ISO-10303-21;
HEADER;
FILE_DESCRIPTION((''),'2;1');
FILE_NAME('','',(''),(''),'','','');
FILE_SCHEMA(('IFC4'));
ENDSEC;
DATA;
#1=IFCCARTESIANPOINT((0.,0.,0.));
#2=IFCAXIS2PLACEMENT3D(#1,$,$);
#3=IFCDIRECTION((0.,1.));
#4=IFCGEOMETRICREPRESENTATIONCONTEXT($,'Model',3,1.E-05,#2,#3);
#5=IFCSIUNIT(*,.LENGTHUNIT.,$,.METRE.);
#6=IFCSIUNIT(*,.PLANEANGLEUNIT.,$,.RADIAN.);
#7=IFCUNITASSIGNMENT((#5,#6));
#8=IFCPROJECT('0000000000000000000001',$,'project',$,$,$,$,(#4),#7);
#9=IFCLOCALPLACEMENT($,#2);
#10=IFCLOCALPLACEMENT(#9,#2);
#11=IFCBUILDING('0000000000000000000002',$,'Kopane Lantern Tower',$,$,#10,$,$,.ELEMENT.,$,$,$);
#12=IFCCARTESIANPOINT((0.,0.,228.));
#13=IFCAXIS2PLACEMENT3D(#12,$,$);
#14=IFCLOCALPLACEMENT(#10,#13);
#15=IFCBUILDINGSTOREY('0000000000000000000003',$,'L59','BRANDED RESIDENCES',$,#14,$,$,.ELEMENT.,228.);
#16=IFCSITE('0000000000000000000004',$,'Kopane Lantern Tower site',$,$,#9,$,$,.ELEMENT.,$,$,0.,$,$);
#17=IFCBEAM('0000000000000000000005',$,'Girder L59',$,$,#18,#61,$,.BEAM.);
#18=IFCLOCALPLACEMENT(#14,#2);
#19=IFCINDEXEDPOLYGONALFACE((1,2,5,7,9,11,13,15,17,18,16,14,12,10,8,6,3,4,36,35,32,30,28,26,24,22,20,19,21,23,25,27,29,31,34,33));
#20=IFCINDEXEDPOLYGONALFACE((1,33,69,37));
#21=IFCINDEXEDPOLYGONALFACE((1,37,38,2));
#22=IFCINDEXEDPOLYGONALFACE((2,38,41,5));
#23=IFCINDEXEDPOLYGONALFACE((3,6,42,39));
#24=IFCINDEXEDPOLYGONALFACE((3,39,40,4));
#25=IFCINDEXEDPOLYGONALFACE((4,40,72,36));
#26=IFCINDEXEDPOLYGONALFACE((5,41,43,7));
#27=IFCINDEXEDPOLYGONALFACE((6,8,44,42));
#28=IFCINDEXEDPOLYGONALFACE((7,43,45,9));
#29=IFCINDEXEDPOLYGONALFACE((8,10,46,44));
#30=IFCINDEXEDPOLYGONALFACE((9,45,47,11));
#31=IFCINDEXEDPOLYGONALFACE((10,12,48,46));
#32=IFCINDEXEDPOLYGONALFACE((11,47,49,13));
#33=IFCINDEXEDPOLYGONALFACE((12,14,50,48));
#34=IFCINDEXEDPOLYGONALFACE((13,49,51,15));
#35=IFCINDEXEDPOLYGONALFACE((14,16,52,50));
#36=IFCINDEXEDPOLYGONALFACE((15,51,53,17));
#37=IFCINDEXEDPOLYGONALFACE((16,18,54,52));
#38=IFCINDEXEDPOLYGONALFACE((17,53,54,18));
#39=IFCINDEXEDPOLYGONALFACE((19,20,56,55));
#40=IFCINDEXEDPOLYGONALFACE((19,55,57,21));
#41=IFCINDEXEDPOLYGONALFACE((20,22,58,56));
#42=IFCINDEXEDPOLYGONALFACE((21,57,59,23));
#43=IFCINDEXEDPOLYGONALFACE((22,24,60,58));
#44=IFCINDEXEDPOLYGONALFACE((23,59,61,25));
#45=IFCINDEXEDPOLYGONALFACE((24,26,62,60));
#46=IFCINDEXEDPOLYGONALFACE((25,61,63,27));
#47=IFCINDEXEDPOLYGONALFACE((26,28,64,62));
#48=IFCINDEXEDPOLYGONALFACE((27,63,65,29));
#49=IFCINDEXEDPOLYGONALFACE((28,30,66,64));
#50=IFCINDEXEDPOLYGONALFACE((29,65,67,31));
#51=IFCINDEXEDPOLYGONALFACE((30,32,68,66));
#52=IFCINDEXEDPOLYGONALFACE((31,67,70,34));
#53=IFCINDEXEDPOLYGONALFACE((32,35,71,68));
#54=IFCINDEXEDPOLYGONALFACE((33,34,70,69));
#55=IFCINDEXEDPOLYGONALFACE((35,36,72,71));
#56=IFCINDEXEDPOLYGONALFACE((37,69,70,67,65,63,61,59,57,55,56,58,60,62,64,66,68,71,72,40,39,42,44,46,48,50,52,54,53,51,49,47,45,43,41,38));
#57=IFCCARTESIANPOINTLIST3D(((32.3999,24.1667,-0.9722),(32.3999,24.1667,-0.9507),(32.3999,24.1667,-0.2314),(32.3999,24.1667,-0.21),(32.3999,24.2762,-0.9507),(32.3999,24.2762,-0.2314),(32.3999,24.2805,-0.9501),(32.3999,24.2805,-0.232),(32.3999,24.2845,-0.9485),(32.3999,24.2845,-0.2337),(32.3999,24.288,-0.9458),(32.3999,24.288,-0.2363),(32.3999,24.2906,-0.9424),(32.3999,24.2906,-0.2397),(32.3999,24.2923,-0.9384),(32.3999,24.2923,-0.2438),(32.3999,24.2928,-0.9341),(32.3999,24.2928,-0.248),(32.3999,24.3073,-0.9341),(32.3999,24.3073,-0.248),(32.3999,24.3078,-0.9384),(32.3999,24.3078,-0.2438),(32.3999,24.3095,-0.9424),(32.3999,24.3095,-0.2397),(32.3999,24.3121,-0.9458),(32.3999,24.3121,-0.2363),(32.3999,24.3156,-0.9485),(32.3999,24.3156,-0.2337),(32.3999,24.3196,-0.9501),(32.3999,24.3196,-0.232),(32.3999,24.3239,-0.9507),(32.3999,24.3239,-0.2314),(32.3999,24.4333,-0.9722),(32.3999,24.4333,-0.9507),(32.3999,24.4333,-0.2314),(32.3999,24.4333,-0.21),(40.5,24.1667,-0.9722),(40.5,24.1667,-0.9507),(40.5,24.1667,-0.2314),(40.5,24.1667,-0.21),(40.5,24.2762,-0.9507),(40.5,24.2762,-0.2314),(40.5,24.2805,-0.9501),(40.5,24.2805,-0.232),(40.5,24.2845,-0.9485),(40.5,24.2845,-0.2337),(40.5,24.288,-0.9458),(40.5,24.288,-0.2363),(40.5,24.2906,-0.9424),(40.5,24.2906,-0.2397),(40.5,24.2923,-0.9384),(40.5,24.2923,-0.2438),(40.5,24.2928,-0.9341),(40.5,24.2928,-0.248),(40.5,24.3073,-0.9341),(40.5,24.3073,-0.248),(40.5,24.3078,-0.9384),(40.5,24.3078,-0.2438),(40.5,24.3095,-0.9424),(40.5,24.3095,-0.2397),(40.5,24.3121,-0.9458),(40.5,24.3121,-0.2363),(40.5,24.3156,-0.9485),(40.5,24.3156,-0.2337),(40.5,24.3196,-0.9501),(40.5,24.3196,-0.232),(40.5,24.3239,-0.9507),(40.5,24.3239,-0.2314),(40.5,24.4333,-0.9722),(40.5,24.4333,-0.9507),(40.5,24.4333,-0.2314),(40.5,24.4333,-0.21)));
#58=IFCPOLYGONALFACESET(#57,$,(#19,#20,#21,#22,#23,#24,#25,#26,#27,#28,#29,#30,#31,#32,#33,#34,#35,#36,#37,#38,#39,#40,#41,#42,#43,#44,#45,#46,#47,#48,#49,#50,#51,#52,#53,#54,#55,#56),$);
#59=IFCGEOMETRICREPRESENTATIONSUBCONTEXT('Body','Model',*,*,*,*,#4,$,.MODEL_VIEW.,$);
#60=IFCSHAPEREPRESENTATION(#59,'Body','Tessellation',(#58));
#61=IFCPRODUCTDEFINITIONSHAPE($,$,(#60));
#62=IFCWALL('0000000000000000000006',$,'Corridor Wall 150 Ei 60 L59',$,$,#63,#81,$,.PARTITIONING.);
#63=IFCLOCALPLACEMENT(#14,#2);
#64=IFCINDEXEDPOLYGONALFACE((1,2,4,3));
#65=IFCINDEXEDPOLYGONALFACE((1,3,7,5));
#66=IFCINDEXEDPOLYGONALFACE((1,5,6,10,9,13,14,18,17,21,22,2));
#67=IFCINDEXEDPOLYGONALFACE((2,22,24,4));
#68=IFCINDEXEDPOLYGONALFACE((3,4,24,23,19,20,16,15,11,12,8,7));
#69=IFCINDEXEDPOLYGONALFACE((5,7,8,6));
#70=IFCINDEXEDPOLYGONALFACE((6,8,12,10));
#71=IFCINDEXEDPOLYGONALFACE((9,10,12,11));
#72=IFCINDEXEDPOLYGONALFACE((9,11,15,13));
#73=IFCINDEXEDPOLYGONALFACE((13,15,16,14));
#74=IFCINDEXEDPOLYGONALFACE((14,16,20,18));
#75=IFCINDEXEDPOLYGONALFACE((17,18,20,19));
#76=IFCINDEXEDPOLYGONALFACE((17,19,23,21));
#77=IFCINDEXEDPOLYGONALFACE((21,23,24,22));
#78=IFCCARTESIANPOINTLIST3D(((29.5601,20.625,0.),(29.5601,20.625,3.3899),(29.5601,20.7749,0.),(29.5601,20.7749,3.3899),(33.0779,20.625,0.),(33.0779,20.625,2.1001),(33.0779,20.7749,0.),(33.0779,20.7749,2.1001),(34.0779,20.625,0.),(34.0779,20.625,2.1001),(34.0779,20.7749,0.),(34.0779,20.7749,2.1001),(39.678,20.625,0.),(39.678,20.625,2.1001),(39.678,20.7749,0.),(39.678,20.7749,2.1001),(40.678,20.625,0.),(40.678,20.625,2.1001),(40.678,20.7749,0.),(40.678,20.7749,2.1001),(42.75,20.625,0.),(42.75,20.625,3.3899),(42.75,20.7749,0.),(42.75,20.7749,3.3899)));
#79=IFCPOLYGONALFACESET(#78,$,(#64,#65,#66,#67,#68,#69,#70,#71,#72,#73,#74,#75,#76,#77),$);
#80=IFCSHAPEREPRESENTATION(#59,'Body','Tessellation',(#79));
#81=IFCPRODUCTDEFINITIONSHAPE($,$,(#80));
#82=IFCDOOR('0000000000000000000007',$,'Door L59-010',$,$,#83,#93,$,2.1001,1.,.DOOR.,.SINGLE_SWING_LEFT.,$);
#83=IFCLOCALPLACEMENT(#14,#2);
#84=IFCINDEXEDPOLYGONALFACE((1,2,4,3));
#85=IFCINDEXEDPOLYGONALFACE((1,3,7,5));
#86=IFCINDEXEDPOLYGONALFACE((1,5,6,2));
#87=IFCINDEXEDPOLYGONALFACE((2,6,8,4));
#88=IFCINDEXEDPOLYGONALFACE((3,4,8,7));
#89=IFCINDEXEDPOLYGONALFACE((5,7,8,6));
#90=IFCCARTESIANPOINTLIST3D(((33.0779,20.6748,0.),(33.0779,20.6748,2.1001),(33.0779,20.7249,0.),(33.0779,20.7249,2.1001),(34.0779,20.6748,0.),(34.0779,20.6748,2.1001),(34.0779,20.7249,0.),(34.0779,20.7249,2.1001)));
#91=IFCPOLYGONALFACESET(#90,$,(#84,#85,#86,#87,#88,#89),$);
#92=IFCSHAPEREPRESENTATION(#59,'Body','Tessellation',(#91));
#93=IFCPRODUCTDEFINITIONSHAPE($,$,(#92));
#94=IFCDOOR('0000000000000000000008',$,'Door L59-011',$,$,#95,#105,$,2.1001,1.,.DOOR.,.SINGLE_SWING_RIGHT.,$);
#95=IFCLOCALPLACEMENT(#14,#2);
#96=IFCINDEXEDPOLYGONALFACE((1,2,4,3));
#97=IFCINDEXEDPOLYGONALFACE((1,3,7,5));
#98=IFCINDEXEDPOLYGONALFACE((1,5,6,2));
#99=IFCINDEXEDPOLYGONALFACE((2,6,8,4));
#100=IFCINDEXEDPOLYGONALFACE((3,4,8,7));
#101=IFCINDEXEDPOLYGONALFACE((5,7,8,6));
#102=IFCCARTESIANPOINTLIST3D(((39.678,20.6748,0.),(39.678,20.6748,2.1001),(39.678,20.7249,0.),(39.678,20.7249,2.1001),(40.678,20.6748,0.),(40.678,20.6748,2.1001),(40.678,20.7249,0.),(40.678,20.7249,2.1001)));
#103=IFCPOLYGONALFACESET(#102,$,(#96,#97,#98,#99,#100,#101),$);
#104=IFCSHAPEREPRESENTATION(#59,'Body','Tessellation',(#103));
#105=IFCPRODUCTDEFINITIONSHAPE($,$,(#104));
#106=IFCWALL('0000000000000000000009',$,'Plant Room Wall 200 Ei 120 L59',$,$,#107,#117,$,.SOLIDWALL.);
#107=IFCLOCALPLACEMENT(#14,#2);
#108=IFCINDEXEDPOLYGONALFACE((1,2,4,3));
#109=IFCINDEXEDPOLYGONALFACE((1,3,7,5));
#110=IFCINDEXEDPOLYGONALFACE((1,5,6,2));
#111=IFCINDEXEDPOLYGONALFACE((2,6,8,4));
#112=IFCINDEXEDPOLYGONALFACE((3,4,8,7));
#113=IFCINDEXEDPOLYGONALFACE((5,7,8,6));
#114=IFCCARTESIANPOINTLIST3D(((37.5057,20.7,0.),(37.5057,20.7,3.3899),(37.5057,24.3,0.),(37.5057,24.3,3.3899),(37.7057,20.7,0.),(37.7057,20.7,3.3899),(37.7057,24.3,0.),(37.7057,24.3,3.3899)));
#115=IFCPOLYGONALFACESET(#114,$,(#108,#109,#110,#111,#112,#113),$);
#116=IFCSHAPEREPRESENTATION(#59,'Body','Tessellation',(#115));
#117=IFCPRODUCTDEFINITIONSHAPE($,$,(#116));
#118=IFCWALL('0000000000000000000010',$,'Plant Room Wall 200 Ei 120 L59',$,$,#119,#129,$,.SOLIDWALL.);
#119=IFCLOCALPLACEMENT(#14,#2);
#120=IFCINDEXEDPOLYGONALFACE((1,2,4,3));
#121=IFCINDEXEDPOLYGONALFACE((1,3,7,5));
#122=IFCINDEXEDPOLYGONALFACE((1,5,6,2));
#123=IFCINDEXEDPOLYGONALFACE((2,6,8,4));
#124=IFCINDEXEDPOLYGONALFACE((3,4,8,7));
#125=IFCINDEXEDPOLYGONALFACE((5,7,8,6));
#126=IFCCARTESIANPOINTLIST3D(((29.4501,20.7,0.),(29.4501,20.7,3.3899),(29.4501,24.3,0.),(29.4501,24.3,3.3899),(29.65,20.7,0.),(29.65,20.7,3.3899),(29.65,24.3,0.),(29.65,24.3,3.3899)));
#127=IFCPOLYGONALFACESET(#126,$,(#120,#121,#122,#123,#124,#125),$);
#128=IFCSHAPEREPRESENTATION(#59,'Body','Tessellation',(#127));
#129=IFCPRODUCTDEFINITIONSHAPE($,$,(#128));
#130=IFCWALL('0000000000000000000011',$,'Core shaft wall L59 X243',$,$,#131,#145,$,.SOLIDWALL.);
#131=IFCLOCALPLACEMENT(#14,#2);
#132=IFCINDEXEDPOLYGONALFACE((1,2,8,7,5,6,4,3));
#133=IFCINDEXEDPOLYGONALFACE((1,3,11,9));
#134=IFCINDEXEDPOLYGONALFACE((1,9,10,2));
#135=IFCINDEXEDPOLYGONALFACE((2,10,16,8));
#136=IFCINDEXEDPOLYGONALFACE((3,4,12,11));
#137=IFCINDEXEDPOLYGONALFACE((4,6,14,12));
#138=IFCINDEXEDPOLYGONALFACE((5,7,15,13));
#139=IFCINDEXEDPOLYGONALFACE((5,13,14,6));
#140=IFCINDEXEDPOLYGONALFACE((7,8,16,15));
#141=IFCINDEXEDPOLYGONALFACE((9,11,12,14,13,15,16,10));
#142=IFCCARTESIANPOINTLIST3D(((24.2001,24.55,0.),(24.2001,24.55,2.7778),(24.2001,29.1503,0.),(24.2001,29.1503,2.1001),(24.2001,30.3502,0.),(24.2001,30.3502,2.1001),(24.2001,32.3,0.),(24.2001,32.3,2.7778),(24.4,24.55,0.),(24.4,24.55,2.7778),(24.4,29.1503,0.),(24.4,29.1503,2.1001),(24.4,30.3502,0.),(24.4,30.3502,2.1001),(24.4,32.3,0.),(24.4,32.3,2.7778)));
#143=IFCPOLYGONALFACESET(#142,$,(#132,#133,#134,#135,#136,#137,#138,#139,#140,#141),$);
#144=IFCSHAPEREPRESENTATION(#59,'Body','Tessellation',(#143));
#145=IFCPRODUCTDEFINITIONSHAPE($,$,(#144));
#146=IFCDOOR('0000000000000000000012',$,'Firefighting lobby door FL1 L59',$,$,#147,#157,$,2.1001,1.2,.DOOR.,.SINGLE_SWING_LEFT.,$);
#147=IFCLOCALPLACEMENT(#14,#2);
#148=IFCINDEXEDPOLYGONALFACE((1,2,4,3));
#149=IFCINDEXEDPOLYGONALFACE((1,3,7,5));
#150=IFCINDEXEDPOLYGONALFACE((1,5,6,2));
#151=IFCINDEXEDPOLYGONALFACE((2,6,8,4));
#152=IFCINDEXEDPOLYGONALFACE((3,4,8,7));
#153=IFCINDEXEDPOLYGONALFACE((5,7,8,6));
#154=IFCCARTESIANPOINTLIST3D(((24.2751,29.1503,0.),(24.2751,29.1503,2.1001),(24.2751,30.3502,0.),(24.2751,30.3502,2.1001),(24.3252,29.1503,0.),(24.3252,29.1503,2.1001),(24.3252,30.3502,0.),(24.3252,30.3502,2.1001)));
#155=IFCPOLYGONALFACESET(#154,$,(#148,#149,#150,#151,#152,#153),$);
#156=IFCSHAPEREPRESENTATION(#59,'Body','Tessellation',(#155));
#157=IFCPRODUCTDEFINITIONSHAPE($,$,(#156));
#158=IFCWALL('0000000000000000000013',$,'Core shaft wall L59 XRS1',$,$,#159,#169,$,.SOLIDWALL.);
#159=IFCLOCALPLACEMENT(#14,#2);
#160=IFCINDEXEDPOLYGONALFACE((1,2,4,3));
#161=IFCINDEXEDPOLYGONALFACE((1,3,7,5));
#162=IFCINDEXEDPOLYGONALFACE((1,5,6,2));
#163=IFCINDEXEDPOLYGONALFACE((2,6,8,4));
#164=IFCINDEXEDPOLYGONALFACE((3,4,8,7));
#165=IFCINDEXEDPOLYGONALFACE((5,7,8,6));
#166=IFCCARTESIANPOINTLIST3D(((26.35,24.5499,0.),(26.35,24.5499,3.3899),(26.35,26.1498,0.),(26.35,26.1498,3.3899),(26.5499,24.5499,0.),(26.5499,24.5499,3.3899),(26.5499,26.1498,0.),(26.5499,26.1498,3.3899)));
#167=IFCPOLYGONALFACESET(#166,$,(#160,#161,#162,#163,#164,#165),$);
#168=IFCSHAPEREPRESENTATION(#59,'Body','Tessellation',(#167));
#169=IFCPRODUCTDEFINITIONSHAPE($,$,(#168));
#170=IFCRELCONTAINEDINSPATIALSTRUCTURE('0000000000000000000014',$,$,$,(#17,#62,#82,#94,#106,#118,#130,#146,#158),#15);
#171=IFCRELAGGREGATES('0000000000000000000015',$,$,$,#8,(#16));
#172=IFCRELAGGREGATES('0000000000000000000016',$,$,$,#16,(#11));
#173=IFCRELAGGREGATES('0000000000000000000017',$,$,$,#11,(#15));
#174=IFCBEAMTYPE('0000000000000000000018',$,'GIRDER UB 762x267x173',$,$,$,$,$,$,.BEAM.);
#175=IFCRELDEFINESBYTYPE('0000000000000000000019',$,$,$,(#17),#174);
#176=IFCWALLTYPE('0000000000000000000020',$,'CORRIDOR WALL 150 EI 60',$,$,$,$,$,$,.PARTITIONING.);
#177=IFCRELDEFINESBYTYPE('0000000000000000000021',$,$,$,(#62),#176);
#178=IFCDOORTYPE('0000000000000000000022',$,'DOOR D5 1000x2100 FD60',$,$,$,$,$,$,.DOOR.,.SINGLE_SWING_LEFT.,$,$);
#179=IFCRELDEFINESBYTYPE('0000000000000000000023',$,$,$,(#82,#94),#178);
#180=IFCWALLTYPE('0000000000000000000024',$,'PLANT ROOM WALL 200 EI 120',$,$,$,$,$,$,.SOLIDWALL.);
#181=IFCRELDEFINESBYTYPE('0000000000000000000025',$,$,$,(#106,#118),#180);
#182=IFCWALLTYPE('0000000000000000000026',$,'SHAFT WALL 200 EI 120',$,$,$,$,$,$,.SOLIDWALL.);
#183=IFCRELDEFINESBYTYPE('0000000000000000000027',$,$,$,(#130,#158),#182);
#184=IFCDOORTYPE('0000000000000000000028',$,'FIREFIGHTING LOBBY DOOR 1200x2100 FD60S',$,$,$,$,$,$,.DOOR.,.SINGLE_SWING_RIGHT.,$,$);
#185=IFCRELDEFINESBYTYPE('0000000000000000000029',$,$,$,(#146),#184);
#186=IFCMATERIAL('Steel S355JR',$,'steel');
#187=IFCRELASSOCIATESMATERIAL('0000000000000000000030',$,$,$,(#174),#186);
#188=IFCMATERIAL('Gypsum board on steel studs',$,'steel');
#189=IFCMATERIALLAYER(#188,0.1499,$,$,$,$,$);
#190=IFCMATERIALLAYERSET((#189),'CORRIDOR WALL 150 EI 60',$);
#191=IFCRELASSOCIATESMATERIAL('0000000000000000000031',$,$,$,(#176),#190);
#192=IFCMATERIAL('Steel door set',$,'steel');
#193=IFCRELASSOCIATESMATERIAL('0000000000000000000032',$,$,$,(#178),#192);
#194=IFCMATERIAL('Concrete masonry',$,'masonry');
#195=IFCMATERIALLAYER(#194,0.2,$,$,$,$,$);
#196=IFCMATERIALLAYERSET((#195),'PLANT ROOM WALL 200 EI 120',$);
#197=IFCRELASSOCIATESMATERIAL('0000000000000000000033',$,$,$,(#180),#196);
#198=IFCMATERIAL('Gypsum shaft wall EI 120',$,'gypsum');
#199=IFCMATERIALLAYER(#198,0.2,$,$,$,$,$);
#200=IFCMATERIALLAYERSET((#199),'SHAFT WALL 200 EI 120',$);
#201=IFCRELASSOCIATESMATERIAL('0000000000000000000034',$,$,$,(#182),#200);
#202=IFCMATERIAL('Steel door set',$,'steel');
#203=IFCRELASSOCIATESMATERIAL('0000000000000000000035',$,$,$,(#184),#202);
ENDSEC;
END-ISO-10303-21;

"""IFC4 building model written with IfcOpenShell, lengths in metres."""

from ifc_helpers import new_model, si_unit, direction, frame, frame_2d, origin, origin_2d, place, context, subcontext, project, spatial, rectangle, i_section, extrude, material, layer, layer_set, material_profile, profile_set, type_object, element, fill, save


model = new_model("IFC4")

# Units and contexts
model_context = context("Model", 3, precision=1e-05, world=origin(), true_north=direction((0.0, 1.0)))
body_context = subcontext(model_context, "Body", "Model", "MODEL_VIEW")
ifc_project = project(units=[si_unit("LENGTHUNIT", "METRE"), si_unit("PLANEANGLEUNIT", "RADIAN")], contexts=[model_context])

# Site, building, storey
site_placement = place(None, origin())
site = spatial("IfcSite", under=ifc_project, at=site_placement, Name="Kopane Lantern Tower site", CompositionType="ELEMENT", RefElevation=0.0)
building_placement = place(site_placement, origin())
building = spatial("IfcBuilding", under=site, at=building_placement, Name="Kopane Lantern Tower", CompositionType="ELEMENT")
storey_placement = place(building_placement, frame((0.0, 0.0, 228.0)))
storey = spatial("IfcBuildingStorey", under=building, at=storey_placement, Name="L59", Description="BRANDED RESIDENCES", CompositionType="ELEMENT", Elevation=228.0)

# Beam
ifc_material_1 = material(Name="Steel S355JR", Category="steel")
ifc_material_profile_1 = material_profile(ifc_material_1, i_section(OverallWidth=0.2666, OverallDepth=0.7622, WebThickness=0.0144, FlangeThickness=0.0215, FilletRadius=0.0166, at=origin_2d()), Name="UB 762x267x173")
ifc_profile_set_1 = profile_set([ifc_material_profile_1], Name="Steel S355JR")
beam_type_1 = type_object("IfcBeamType", Name="GIRDER UB 762x267x173", PredefinedType="BEAM", material=ifc_profile_set_1)
beam_1_placement = place(storey_placement, frame((32.3999, 24.3, -0.5911), z_axis=(1.0, 0.0, 0.0), x_axis=(0.0, 1.0, 0.0)))
element("IfcBeam", 1, at=beam_1_placement, inside=storey, type_object=beam_type_1, Name="Girder L59", PredefinedType="BEAM", context=body_context, shape_type="SweptSolid", body=[
    extrude(i_section(OverallWidth=0.2666, OverallDepth=0.7622, WebThickness=0.0144, FlangeThickness=0.0215, FilletRadius=0.0166, at=origin_2d()), origin(), (0.0, 0.0, 1.0), 8.1001),
])

# Wall, openings, doors
ifc_material_2 = material(Name="Gypsum board on steel studs", Category="steel")
ifc_layer_1 = layer(ifc_material_2, 0.1499)
ifc_layer_set_1 = layer_set([ifc_layer_1], Name="CORRIDOR WALL 150 EI 60")
wall_type_1 = type_object("IfcWallType", Name="CORRIDOR WALL 150 EI 60", PredefinedType="PARTITIONING", material=ifc_layer_set_1)
wall_1_placement = place(storey_placement, frame((29.5601, 20.7, 0.0), z_axis=(0.0, 0.0, 1.0), x_axis=(1.0, 0.0, 0.0)))
wall_1 = element("IfcWall", 2, at=wall_1_placement, inside=storey, type_object=wall_type_1, Name="Corridor Wall 150 Ei 60 L59", PredefinedType="PARTITIONING", context=body_context, shape_type="SweptSolid", body=[
    extrude(rectangle(XDim=13.1899, YDim=0.1499, at=frame_2d((6.595, 0.0))), origin(), (0.0, 0.0, 1.0), 3.3899),
])
opening_1_placement = place(wall_1_placement, frame((3.5178, 0.0, 0.0)))
opening_1 = element("IfcOpeningElement", 3, at=opening_1_placement, cuts=wall_1, PredefinedType="OPENING", context=body_context, shape_type="SweptSolid", body=[
    extrude(rectangle(XDim=1.0, YDim=2.1001, at=frame_2d((0.5, 1.05))), frame((0.0, 0.085, 0.0), z_axis=(0.0, -1.0, 0.0), x_axis=(1.0, 0.0, 0.0)), (0.0, 0.0, 1.0), 0.1699),
])
opening_2_placement = place(wall_1_placement, frame((10.1179, 0.0, 0.0)))
opening_2 = element("IfcOpeningElement", 4, at=opening_2_placement, cuts=wall_1, PredefinedType="OPENING", context=body_context, shape_type="SweptSolid", body=[
    extrude(rectangle(XDim=1.0, YDim=2.1001, at=frame_2d((0.5, 1.05))), frame((0.0, 0.085, 0.0), z_axis=(0.0, -1.0, 0.0), x_axis=(1.0, 0.0, 0.0)), (0.0, 0.0, 1.0), 0.1699),
])
ifc_material_3 = material(Name="Steel door set", Category="steel")
door_type_1 = type_object("IfcDoorType", Name="DOOR D5 1000x2100 FD60", OperationType="SINGLE_SWING_LEFT", PredefinedType="DOOR", material=ifc_material_3)
door_1_placement = place(opening_1_placement, origin())
door_1 = element("IfcDoor", 5, at=door_1_placement, inside=storey, type_object=door_type_1, Name="Door L59-010", OperationType="SINGLE_SWING_LEFT", OverallHeight=2.1001, OverallWidth=1.0, PredefinedType="DOOR", context=body_context, shape_type="SweptSolid", body=[
    extrude(rectangle(XDim=1.0, YDim=2.1001, at=frame_2d((0.5, 1.05))), frame((0.0, 0.0249, 0.0), z_axis=(0.0, -1.0, 0.0), x_axis=(1.0, 0.0, 0.0)), (0.0, 0.0, 1.0), 0.05),
])
fill(opening_1, door_1)
door_2_placement = place(opening_2_placement, origin())
door_2 = element("IfcDoor", 6, at=door_2_placement, inside=storey, type_object=door_type_1, Name="Door L59-011", OperationType="SINGLE_SWING_RIGHT", OverallHeight=2.1001, OverallWidth=1.0, PredefinedType="DOOR", context=body_context, shape_type="SweptSolid", body=[
    extrude(rectangle(XDim=1.0, YDim=2.1001, at=frame_2d((0.5, 1.05))), frame((0.0, 0.0249, 0.0), z_axis=(0.0, -1.0, 0.0), x_axis=(1.0, 0.0, 0.0)), (0.0, 0.0, 1.0), 0.05),
])
fill(opening_2, door_2)

# Walls
ifc_material_4 = material(Name="Concrete masonry", Category="masonry")
ifc_layer_2 = layer(ifc_material_4, 0.2)
ifc_layer_set_2 = layer_set([ifc_layer_2], Name="PLANT ROOM WALL 200 EI 120")
wall_type_2 = type_object("IfcWallType", Name="PLANT ROOM WALL 200 EI 120", PredefinedType="SOLIDWALL", material=ifc_layer_set_2)
for number, where, z_axis, x_axis, name in (
    (7, (37.6057, 20.7, 0.0), (0.0, 0.0, 1.0), (0.0, 1.0, 0.0), "Plant Room Wall 200 Ei 120 L59"),
    (8, (29.55, 20.7, 0.0), (0.0, 0.0, 1.0), (0.0, 1.0, 0.0), "Plant Room Wall 200 Ei 120 L59"),
):
    element("IfcWall", number, at=place(storey_placement, frame(where, z_axis=z_axis, x_axis=x_axis)), inside=storey, type_object=wall_type_2, Name=name, PredefinedType="SOLIDWALL", context=body_context, shape_type="SweptSolid", body=[
        extrude(rectangle(XDim=3.6001, YDim=0.2, at=frame_2d((1.8, 0.0))), origin(), (0.0, 0.0, 1.0), 3.3899),
    ])

# Wall, opening, door
ifc_material_5 = material(Name="Gypsum shaft wall EI 120", Category="gypsum")
ifc_layer_3 = layer(ifc_material_5, 0.2)
ifc_layer_set_3 = layer_set([ifc_layer_3], Name="SHAFT WALL 200 EI 120")
wall_type_3 = type_object("IfcWallType", Name="SHAFT WALL 200 EI 120", PredefinedType="SOLIDWALL", material=ifc_layer_set_3)
wall_2_placement = place(storey_placement, frame((24.3, 24.55, 0.0), z_axis=(0.0, 0.0, 1.0), x_axis=(0.0, 1.0, 0.0)))
wall_2 = element("IfcWall", 9, at=wall_2_placement, inside=storey, type_object=wall_type_3, Name="Core shaft wall L59 X243", PredefinedType="SOLIDWALL", context=body_context, shape_type="SweptSolid", body=[
    extrude(rectangle(XDim=7.75, YDim=0.2, at=frame_2d((3.875, 0.0))), origin(), (0.0, 0.0, 1.0), 2.7778),
])
opening_3_placement = place(wall_2_placement, frame((4.6001, 0.0, 0.0)))
opening_3 = element("IfcOpeningElement", 10, at=opening_3_placement, cuts=wall_2, PredefinedType="OPENING", context=body_context, shape_type="SweptSolid", body=[
    extrude(rectangle(XDim=1.2, YDim=2.1001, at=frame_2d((0.6001, 1.05))), frame((0.0, 0.1099, 0.0), z_axis=(0.0, -1.0, 0.0), x_axis=(1.0, 0.0, 0.0)), (0.0, 0.0, 1.0), 0.22),
])
ifc_material_6 = material(Name="Steel door set", Category="steel")
door_type_2 = type_object("IfcDoorType", Name="FIREFIGHTING LOBBY DOOR 1200x2100 FD60S", OperationType="SINGLE_SWING_RIGHT", PredefinedType="DOOR", material=ifc_material_6)
door_3_placement = place(opening_3_placement, origin())
door_3 = element("IfcDoor", 11, at=door_3_placement, inside=storey, type_object=door_type_2, Name="Firefighting lobby door FL1 L59", OperationType="SINGLE_SWING_LEFT", OverallHeight=2.1001, OverallWidth=1.2, PredefinedType="DOOR", context=body_context, shape_type="SweptSolid", body=[
    extrude(rectangle(XDim=1.2, YDim=2.1001, at=frame_2d((0.6001, 1.05))), frame((0.0, 0.0249, 0.0), z_axis=(0.0, -1.0, 0.0), x_axis=(1.0, 0.0, 0.0)), (0.0, 0.0, 1.0), 0.05),
])
fill(opening_3, door_3)

# Wall
wall_3_placement = place(storey_placement, frame((26.45, 24.55, 0.0), z_axis=(0.0, 0.0, 1.0), x_axis=(0.0, 1.0, 0.0)))
element("IfcWall", 12, at=wall_3_placement, inside=storey, type_object=wall_type_3, Name="Core shaft wall L59 XRS1", PredefinedType="SOLIDWALL", context=body_context, shape_type="SweptSolid", body=[
    extrude(rectangle(XDim=1.5999, YDim=0.2, at=frame_2d((0.7998, 0.0))), origin(), (0.0, 0.0, 1.0), 3.3899),
])

save(model, "model.ifc")
